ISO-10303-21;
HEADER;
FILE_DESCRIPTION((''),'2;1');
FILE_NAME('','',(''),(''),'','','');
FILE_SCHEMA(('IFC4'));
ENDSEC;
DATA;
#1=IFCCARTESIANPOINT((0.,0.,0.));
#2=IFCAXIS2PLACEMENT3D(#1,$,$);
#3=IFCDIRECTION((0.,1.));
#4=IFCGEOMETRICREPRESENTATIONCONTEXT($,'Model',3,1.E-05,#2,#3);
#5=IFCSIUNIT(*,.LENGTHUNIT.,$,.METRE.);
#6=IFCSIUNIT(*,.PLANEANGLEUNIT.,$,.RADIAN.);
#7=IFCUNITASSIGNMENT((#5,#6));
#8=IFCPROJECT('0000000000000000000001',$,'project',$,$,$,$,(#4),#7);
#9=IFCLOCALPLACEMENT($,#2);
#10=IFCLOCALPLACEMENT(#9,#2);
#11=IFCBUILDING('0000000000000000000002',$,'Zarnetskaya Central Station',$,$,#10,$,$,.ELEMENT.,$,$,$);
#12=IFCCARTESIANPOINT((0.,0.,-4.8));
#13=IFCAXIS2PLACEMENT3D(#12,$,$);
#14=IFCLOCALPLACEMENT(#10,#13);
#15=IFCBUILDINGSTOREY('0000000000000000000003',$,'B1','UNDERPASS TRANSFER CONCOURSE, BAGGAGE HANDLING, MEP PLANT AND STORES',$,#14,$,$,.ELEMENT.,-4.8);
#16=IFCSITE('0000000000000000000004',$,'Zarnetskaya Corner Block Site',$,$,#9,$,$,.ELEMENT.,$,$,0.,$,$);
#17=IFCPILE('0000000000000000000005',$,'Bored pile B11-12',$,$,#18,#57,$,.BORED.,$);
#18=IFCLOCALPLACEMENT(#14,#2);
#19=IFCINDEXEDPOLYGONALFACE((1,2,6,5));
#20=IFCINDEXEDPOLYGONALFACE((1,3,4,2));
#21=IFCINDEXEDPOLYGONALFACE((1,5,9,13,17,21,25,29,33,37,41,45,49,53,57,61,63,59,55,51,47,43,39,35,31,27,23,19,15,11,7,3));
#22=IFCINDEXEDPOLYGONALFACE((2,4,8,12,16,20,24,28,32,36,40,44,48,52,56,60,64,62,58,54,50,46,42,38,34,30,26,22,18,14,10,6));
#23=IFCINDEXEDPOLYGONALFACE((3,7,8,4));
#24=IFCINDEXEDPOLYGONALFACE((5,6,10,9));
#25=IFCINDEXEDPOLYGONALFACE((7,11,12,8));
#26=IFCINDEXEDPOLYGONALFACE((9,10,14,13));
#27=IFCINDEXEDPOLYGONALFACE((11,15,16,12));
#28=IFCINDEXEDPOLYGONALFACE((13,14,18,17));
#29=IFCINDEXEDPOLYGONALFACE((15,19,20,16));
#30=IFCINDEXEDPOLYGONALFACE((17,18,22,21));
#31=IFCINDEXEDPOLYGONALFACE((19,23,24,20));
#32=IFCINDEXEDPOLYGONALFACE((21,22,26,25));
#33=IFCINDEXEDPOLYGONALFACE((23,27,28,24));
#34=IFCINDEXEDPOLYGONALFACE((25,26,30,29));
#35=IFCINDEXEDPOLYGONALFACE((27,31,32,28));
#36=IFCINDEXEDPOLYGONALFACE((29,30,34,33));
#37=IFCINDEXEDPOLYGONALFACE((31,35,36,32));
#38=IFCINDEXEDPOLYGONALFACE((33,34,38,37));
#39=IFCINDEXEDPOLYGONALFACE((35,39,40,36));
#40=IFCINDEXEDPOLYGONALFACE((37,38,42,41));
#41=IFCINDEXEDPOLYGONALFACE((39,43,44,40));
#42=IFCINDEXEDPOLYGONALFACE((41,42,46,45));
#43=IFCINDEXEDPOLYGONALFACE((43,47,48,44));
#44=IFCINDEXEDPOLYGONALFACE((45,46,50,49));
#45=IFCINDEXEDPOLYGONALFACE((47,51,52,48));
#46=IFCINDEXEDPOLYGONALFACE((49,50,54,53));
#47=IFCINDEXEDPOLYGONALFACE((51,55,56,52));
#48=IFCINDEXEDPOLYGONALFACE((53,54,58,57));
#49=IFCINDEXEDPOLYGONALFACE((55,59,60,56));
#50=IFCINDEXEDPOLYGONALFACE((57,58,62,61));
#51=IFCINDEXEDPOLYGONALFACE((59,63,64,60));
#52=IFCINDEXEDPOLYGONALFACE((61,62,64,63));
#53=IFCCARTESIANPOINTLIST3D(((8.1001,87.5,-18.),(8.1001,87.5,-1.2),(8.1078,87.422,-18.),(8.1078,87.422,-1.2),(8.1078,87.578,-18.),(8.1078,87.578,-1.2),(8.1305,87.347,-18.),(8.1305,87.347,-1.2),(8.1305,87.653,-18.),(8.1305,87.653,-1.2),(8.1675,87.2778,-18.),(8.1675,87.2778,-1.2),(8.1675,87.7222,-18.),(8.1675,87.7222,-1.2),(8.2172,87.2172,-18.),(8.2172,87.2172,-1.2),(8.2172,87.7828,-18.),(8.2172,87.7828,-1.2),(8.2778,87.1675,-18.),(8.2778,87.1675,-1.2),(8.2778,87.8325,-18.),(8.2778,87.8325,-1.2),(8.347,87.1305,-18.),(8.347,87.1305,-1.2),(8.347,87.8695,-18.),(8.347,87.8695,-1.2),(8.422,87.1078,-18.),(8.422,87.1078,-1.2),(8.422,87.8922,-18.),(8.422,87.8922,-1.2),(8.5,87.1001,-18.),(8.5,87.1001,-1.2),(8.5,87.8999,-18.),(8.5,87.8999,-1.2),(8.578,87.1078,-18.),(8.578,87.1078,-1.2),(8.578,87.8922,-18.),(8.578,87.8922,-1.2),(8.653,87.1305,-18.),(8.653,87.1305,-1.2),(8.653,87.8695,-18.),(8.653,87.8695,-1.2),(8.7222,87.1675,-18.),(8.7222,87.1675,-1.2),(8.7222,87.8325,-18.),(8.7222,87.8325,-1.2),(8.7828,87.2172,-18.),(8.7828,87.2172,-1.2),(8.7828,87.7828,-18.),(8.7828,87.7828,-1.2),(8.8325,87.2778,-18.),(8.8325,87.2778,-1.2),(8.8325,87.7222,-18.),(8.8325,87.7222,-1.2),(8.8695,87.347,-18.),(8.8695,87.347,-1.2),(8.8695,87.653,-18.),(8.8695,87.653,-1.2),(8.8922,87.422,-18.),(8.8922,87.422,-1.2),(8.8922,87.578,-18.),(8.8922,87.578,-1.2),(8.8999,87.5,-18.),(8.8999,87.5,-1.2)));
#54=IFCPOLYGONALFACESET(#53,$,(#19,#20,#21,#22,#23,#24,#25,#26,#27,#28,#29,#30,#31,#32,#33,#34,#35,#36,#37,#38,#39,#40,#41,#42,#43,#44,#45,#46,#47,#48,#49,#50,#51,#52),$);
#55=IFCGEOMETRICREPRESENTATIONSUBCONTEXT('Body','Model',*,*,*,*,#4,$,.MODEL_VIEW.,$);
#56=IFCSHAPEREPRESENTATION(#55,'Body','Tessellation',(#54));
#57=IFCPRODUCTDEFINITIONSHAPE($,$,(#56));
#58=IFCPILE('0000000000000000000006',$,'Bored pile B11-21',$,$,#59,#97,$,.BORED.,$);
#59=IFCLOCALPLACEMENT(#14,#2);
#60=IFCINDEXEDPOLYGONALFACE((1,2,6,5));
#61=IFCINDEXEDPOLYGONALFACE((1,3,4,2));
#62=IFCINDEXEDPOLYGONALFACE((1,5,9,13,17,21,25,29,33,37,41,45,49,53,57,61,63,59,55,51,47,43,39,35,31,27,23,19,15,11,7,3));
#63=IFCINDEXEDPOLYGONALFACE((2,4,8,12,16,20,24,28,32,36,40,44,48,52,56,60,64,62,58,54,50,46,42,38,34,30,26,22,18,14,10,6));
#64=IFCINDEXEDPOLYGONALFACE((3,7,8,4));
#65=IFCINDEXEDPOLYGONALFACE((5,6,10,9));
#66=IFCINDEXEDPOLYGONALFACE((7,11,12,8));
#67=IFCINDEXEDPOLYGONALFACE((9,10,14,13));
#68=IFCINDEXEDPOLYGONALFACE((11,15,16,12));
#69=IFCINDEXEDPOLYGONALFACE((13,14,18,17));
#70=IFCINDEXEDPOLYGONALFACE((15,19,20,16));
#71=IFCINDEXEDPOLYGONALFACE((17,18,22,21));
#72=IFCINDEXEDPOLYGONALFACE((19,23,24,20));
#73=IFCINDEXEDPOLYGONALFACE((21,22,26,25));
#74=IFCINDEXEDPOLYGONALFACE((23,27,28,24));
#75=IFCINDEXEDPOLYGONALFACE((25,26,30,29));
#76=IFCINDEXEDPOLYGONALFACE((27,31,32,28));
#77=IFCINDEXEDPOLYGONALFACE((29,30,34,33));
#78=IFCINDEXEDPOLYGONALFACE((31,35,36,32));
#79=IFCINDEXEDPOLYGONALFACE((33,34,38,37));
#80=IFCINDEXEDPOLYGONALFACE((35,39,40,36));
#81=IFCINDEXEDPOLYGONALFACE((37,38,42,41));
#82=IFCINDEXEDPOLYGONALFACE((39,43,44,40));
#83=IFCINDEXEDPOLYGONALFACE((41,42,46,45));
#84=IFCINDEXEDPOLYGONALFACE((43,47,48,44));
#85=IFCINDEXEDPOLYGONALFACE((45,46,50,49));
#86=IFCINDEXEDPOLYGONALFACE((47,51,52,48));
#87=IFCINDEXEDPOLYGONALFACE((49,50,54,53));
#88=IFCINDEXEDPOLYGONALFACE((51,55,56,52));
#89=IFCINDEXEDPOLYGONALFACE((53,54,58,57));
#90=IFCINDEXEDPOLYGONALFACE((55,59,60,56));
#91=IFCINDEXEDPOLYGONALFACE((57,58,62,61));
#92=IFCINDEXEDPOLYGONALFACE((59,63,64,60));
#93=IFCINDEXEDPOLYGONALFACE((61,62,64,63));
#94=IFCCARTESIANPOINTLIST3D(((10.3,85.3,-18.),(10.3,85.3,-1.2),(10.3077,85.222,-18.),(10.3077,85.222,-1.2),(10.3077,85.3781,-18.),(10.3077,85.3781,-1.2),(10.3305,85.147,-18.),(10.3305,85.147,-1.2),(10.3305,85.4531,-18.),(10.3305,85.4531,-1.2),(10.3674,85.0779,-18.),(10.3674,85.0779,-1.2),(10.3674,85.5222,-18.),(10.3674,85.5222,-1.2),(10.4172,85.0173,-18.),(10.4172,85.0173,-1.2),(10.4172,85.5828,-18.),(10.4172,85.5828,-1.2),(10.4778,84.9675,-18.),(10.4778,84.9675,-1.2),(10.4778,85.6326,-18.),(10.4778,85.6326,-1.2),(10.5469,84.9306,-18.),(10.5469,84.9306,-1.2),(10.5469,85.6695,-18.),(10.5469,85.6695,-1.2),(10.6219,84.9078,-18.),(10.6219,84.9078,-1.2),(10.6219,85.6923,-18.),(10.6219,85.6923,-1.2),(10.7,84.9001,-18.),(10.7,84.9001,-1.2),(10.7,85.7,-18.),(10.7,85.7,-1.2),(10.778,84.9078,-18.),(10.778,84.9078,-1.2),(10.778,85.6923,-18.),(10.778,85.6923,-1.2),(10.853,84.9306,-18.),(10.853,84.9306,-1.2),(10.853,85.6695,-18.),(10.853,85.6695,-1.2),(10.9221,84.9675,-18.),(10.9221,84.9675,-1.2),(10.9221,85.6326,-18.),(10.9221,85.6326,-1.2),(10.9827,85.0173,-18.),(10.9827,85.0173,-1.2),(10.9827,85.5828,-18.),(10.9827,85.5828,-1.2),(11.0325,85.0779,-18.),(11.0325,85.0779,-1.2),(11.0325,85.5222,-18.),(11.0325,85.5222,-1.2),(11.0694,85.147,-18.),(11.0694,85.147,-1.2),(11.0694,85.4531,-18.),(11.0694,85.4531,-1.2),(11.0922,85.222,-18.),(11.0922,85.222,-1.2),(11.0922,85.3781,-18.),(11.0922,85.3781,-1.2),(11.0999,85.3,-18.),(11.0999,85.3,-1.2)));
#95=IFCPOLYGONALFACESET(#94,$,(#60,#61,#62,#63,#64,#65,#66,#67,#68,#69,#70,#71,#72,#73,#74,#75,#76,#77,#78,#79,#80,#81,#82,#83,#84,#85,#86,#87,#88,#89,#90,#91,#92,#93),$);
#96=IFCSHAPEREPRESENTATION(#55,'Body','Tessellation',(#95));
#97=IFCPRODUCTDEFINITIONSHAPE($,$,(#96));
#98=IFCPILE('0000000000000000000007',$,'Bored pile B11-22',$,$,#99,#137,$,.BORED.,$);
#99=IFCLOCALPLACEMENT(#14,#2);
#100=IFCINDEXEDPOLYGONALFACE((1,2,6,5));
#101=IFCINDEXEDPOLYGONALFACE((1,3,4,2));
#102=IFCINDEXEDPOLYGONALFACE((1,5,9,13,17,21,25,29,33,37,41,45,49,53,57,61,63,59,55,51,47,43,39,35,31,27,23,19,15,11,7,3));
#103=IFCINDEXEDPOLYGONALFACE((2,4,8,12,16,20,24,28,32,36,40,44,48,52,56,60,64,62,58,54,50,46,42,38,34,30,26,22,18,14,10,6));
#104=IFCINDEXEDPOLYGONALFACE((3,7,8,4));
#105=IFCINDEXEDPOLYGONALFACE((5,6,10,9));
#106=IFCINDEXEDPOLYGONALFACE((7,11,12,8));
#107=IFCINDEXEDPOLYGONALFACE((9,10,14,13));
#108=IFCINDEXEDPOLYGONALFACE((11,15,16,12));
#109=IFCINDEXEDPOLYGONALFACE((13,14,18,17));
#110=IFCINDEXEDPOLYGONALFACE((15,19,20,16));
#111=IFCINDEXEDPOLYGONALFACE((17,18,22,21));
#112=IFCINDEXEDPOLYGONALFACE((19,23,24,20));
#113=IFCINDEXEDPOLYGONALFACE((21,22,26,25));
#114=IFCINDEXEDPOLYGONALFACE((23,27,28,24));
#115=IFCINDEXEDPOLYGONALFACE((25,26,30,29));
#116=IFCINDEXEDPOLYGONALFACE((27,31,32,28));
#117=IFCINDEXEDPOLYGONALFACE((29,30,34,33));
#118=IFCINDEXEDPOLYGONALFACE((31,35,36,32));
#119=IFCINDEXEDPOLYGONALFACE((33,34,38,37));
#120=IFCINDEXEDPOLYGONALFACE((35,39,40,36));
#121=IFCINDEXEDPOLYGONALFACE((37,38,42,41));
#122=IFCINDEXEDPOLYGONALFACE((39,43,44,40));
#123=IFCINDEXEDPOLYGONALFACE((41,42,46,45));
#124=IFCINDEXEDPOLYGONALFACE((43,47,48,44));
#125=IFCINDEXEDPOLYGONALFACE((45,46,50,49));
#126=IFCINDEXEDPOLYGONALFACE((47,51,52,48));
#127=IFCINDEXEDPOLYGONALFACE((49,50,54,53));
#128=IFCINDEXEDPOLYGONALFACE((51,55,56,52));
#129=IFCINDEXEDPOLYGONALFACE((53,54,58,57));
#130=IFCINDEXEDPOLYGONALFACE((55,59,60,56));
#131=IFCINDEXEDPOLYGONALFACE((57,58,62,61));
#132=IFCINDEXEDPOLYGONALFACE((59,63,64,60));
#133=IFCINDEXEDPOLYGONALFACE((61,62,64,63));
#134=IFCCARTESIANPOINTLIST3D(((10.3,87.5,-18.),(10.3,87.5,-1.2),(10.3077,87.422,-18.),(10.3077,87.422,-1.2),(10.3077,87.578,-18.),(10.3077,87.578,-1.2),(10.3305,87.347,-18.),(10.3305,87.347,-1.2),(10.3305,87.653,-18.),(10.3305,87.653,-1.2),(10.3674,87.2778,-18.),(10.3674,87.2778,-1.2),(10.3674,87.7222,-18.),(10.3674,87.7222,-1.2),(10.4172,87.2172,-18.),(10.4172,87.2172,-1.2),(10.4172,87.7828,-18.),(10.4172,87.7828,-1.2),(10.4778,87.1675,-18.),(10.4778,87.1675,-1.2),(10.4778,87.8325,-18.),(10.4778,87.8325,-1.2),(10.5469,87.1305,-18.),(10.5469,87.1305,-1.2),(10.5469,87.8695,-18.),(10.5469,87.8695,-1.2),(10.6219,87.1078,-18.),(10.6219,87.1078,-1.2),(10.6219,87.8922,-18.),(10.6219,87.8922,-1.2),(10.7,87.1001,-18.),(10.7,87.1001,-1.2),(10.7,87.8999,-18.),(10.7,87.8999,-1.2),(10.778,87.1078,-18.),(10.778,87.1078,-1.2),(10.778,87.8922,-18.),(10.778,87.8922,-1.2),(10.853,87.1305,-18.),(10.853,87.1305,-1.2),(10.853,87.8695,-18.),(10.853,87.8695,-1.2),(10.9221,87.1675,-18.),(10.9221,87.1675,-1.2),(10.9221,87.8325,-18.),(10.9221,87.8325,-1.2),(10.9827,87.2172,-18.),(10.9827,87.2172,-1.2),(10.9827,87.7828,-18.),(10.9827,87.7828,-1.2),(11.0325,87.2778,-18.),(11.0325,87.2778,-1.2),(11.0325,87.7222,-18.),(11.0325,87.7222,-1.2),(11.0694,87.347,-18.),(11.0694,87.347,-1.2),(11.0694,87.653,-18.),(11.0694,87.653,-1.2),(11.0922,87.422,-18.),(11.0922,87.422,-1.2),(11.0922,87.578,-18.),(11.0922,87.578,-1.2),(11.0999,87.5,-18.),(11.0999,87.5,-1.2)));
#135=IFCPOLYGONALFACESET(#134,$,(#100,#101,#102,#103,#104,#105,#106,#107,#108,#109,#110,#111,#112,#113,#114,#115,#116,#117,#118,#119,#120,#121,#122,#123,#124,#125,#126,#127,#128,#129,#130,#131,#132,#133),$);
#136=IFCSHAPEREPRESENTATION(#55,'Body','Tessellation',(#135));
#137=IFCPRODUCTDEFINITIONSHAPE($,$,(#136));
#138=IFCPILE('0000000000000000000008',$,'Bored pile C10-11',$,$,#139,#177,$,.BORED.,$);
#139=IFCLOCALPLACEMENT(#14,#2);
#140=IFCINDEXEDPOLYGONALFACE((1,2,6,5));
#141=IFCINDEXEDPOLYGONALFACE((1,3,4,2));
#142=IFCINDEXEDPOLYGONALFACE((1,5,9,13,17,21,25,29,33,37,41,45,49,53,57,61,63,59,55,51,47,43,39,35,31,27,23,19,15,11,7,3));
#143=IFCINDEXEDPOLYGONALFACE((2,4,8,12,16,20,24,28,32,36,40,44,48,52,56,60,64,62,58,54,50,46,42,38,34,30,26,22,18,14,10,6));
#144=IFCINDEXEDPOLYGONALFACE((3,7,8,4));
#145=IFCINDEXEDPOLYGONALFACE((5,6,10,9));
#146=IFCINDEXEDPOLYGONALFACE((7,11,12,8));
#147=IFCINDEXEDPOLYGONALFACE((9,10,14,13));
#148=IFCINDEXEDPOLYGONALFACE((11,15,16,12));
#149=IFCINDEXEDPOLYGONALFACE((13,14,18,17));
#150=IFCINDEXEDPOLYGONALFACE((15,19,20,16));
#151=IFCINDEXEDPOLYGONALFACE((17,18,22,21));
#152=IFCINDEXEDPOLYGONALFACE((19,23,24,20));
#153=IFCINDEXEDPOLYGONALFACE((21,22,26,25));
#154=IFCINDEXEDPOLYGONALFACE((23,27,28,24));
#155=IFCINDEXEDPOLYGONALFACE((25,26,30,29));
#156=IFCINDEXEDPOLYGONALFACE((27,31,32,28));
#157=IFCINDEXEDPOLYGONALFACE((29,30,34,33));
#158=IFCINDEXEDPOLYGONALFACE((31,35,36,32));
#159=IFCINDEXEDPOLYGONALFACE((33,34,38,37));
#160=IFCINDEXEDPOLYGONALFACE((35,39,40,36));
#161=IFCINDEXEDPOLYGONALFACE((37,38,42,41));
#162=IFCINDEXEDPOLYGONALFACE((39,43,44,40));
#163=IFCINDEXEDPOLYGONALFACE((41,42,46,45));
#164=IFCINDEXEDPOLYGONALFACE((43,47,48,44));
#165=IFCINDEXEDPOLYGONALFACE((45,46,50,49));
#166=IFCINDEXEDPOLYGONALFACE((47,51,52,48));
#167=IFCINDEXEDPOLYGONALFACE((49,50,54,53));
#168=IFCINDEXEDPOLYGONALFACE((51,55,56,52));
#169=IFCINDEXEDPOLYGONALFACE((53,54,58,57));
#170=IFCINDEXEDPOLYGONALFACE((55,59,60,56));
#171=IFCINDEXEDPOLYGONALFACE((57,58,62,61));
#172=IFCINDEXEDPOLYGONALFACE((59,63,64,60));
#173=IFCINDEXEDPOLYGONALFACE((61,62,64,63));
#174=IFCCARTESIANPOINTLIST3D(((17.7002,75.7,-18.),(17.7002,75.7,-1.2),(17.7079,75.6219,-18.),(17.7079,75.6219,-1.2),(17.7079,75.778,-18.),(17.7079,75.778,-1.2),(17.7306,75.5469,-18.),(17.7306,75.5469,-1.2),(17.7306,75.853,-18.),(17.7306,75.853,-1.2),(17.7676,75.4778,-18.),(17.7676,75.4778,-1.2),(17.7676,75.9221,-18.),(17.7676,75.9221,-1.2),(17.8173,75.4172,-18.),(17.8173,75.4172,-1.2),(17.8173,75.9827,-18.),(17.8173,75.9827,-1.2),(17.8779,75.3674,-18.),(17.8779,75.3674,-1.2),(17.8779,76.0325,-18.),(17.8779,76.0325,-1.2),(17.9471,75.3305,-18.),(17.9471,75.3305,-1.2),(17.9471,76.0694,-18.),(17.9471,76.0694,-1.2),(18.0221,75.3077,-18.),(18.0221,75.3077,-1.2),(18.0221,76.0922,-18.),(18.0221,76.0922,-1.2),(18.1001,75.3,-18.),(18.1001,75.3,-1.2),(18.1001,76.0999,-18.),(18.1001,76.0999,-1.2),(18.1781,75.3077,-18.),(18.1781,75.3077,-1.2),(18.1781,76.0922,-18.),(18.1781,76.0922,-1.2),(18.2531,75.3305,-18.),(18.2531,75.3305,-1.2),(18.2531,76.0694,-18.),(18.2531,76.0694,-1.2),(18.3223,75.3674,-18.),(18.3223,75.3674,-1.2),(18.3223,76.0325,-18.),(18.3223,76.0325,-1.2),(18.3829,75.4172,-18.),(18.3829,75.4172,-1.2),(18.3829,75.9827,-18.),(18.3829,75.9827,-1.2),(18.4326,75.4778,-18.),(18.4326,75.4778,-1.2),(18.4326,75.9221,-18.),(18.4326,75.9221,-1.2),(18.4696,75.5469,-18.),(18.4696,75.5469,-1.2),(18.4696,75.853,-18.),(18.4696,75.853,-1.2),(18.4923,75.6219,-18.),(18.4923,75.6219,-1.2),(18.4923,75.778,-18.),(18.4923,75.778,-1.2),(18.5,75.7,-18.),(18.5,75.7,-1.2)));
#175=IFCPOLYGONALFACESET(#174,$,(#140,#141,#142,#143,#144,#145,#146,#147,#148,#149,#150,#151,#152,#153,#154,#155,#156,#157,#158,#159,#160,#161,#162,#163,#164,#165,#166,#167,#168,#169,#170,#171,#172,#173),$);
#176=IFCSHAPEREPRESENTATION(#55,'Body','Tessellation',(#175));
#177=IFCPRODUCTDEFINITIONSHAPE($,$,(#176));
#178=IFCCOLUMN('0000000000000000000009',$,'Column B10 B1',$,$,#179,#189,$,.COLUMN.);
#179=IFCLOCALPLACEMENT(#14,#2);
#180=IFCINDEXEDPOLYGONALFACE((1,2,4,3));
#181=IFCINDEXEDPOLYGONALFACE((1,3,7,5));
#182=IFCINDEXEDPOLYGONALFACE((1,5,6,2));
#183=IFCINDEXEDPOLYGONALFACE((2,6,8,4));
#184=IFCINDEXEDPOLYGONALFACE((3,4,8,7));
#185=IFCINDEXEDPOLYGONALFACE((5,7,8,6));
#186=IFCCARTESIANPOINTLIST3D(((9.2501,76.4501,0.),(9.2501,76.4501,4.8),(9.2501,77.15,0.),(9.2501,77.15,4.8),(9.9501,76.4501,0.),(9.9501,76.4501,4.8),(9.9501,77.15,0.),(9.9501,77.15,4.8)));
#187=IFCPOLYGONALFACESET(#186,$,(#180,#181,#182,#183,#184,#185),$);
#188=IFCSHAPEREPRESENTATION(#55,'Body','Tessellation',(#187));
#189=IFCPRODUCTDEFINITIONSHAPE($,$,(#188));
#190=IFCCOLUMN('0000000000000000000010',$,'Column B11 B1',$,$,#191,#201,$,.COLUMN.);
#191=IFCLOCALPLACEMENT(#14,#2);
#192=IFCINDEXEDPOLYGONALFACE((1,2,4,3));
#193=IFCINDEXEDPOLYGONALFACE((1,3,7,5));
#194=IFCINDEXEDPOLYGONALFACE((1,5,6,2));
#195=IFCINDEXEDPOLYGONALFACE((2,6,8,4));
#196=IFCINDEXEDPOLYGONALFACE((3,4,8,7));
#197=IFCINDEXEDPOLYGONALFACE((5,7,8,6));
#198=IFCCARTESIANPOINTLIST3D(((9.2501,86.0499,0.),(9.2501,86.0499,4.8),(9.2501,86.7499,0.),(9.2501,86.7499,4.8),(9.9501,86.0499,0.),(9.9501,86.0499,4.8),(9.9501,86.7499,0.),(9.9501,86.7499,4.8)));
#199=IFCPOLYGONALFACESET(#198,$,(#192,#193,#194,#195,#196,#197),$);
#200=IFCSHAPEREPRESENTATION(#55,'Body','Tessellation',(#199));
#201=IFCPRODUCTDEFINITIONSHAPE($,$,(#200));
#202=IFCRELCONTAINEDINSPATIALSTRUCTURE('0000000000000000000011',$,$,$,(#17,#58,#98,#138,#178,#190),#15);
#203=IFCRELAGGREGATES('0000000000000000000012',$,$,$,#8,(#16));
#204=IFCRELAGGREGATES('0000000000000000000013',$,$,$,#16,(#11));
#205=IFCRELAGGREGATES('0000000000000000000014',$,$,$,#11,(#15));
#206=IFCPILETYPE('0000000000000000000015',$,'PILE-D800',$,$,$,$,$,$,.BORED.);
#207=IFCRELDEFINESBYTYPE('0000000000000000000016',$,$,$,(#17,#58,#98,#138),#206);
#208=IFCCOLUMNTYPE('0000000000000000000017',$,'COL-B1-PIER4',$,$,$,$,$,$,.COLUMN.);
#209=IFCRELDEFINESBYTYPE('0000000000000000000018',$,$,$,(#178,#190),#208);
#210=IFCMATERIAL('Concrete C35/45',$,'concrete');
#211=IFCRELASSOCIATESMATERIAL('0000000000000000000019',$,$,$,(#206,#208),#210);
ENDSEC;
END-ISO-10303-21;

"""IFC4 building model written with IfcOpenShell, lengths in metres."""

from ifc_helpers import new_model, si_unit, direction, frame, origin, origin_2d, place, context, subcontext, project, spatial, rectangle, circle, extrude, material, material_profile, profile_set, type_object, element, save


model = new_model("IFC4")

# Units and contexts
model_context = context("Model", 3, precision=1e-05, world=origin(), true_north=direction((0.0, 1.0)))
body_context = subcontext(model_context, "Body", "Model", "MODEL_VIEW")
ifc_project = project(units=[si_unit("LENGTHUNIT", "METRE"), si_unit("PLANEANGLEUNIT", "RADIAN")], contexts=[model_context])

# Site, building, storey
site_placement = place(None, origin())
site = spatial("IfcSite", under=ifc_project, at=site_placement, Name="Zarnetskaya Corner Block Site", CompositionType="ELEMENT", RefElevation=0.0)
building_placement = place(site_placement, origin())
building = spatial("IfcBuilding", under=site, at=building_placement, Name="Zarnetskaya Central Station", CompositionType="ELEMENT")
storey_placement = place(building_placement, frame((0.0, 0.0, -4.8)))
storey = spatial("IfcBuildingStorey", under=building, at=storey_placement, Name="B1", Description="UNDERPASS TRANSFER CONCOURSE, BAGGAGE HANDLING, MEP PLANT AND STORES", CompositionType="ELEMENT", Elevation=-4.8)

# Shared definitions
ifc_material = material(Name="Concrete C35/45", Category="concrete")

# Piles
ifc_material_profile_1 = material_profile(ifc_material, circle(Radius=0.3999, at=origin_2d()), Name="BORED PILE D800")
ifc_profile_set_1 = profile_set([ifc_material_profile_1], Name="Concrete C35/45")
pile_type_1 = type_object("IfcPileType", Name="PILE-D800", PredefinedType="BORED", material=ifc_profile_set_1)
for number, where, z_axis, x_axis, name in (
    (1, (8.5, 87.5, -1.2), (0.0, 0.0, -1.0), (1.0, 0.0, 0.0), "Bored pile B11-12"),
    (2, (10.7, 85.3, -1.2), (0.0, 0.0, -1.0), (1.0, 0.0, 0.0), "Bored pile B11-21"),
    (3, (10.7, 87.5, -1.2), (0.0, 0.0, -1.0), (1.0, 0.0, 0.0), "Bored pile B11-22"),
    (4, (18.1001, 75.7, -1.2), (0.0, 0.0, -1.0), (1.0, 0.0, 0.0), "Bored pile C10-11"),
):
    element("IfcPile", number, at=place(storey_placement, frame(where, z_axis=z_axis, x_axis=x_axis)), inside=storey, type_object=pile_type_1, Name=name, PredefinedType="BORED", context=body_context, shape_type="SweptSolid", body=[
        extrude(circle(Radius=0.3999, at=origin_2d()), origin(), (0.0, 0.0, 1.0), 16.8),
    ])

# Columns
ifc_material_profile_2 = material_profile(ifc_material, rectangle(XDim=0.7, YDim=0.7, at=origin_2d()), Name="RC 700x700")
ifc_profile_set_2 = profile_set([ifc_material_profile_2], Name="Concrete C35/45")
column_type_1 = type_object("IfcColumnType", Name="COL-B1-PIER4", PredefinedType="COLUMN", material=ifc_profile_set_2)
for number, where, z_axis, x_axis, name in (
    (5, (9.6001, 76.8, 0.0), (0.0, 0.0, 1.0), (1.0, 0.0, 0.0), "Column B10 B1"),
    (6, (9.6001, 86.3999, 0.0), (0.0, 0.0, 1.0), (1.0, 0.0, 0.0), "Column B11 B1"),
):
    element("IfcColumn", number, at=place(storey_placement, frame(where, z_axis=z_axis, x_axis=x_axis)), inside=storey, type_object=column_type_1, Name=name, PredefinedType="COLUMN", context=body_context, shape_type="SweptSolid", body=[
        extrude(rectangle(XDim=0.7, YDim=0.7, at=origin_2d()), origin(), (0.0, 0.0, 1.0), 4.8),
    ])

save(model, "model.ifc")
